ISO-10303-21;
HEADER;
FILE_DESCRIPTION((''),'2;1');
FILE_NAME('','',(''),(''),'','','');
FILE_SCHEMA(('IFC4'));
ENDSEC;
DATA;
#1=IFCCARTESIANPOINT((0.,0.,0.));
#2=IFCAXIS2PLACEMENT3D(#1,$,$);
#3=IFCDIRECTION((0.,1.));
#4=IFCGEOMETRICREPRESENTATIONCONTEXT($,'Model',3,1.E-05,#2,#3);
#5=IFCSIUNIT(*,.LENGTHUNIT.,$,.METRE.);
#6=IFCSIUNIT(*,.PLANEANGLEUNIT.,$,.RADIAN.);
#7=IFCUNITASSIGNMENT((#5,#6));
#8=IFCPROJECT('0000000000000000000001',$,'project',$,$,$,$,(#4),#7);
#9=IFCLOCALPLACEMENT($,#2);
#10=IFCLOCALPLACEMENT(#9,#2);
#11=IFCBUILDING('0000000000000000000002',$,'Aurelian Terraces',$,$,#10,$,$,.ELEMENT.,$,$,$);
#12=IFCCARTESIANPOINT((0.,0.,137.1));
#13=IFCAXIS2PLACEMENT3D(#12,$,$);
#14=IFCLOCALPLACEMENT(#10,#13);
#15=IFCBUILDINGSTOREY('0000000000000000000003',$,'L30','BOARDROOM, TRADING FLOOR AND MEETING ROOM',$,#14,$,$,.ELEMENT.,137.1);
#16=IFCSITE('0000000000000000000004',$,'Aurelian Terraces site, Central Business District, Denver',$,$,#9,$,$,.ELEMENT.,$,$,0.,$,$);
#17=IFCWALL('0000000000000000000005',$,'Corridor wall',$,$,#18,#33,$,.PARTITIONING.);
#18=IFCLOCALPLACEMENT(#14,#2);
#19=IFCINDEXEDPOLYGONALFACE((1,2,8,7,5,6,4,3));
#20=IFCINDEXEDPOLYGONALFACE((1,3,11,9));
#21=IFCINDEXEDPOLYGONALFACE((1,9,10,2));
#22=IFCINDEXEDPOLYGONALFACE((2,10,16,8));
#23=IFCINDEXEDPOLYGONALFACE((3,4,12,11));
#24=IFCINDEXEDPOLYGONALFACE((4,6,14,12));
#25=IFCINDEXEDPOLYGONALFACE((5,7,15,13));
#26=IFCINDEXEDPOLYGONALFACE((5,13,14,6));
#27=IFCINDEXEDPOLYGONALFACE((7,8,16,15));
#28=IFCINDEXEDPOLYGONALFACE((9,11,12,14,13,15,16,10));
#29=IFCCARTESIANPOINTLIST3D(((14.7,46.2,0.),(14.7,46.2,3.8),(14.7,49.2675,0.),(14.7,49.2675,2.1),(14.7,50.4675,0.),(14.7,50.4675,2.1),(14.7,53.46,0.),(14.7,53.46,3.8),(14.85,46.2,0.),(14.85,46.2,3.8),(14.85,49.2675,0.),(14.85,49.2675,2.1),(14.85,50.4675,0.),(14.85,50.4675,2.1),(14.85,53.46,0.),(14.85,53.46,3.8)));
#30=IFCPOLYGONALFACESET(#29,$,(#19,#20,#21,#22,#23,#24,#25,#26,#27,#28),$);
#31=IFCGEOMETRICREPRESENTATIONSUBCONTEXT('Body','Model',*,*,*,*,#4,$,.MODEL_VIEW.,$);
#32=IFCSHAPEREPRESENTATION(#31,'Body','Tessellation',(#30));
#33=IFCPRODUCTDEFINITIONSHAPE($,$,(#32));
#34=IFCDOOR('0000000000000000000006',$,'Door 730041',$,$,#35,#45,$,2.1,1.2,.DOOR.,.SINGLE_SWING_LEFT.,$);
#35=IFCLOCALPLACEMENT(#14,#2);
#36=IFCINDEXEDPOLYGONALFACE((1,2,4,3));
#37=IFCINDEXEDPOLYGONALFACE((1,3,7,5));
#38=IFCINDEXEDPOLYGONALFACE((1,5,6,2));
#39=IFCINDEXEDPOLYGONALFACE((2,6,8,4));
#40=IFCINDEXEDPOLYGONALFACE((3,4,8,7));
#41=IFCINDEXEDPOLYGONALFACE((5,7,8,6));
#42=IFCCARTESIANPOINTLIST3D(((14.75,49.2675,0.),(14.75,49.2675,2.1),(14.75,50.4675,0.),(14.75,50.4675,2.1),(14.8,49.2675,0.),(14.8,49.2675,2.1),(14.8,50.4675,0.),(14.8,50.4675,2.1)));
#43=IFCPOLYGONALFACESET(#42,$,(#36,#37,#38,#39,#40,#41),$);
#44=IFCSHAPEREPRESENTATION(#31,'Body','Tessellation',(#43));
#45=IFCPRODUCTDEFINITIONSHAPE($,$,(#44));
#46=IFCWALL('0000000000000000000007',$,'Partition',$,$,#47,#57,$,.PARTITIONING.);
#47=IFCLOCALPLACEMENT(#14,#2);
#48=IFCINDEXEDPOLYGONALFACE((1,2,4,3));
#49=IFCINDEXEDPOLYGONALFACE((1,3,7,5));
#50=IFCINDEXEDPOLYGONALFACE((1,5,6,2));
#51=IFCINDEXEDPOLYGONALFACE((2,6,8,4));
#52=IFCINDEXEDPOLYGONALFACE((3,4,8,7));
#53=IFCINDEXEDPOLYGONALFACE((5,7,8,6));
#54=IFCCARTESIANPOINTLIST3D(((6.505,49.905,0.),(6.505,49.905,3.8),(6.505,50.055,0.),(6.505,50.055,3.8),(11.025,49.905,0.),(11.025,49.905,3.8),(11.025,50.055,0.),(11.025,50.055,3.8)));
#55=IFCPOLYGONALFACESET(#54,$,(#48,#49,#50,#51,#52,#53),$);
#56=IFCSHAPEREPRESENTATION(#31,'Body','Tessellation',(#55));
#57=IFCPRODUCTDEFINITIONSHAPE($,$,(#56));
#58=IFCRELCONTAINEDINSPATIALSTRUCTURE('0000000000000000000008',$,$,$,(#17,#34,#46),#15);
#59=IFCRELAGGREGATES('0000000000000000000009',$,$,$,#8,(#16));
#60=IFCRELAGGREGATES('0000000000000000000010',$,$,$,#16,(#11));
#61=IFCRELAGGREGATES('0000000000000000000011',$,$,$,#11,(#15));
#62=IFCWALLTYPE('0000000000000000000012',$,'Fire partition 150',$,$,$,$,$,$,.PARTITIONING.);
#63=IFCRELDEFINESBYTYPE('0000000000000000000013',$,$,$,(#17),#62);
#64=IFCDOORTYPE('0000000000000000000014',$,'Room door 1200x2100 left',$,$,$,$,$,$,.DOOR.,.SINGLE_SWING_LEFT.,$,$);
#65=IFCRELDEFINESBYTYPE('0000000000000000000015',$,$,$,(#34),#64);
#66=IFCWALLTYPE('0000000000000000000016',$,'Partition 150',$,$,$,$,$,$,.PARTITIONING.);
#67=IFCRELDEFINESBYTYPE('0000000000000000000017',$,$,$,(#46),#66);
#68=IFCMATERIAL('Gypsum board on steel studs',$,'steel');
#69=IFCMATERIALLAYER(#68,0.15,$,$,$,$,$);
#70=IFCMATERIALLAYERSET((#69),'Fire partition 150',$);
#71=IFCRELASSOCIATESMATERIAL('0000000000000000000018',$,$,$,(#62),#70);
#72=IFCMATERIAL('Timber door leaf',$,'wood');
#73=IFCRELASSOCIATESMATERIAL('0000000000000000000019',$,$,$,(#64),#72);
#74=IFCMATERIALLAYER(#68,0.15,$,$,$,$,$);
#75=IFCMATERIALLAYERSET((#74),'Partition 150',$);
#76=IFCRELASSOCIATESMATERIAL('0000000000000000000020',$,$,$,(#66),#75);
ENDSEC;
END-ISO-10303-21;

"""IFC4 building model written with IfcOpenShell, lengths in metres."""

from ifc_helpers import new_model, si_unit, direction, frame, frame_2d, origin, place, context, subcontext, project, spatial, rectangle, extrude, source, transform, mapped, material, layer, layer_set, type_object, element, fill, save


model = new_model("IFC4")

# Units and contexts
model_context = context("Model", 3, precision=1e-05, world=origin(), true_north=direction((0.0, 1.0)))
body_context = subcontext(model_context, "Body", "Model", "MODEL_VIEW")
ifc_project = project(units=[si_unit("LENGTHUNIT", "METRE"), si_unit("PLANEANGLEUNIT", "RADIAN")], contexts=[model_context])

# Site, building, storey
site_placement = place(None, origin())
site = spatial("IfcSite", under=ifc_project, at=site_placement, Name="Aurelian Terraces site, Central Business District, Denver", CompositionType="ELEMENT", RefElevation=0.0)
building_placement = place(site_placement, origin())
building = spatial("IfcBuilding", under=site, at=building_placement, Name="Aurelian Terraces", CompositionType="ELEMENT")
storey_placement = place(building_placement, frame((0.0, 0.0, 137.1)))
storey = spatial("IfcBuildingStorey", under=building, at=storey_placement, Name="L30", Description="BOARDROOM, TRADING FLOOR AND MEETING ROOM", CompositionType="ELEMENT", Elevation=137.1)

# Wall, opening, door
ifc_material_1 = material(Name="Gypsum board on steel studs", Category="steel")
ifc_layer_1 = layer(ifc_material_1, 0.15)
ifc_layer_set_1 = layer_set([ifc_layer_1], Name="Fire partition 150")
wall_type_1 = type_object("IfcWallType", Name="Fire partition 150", PredefinedType="PARTITIONING", material=ifc_layer_set_1)
shared_shape_1 = source(origin(), body_context, "Body", "SweptSolid", [
    extrude(rectangle(XDim=7.26, YDim=0.15, at=frame_2d((3.63, 0.0))), origin(), (0.0, 0.0, 1.0), 3.8),
])
wall_1_placement = place(storey_placement, frame((14.775, 46.2, 0.0), z_axis=(0.0, 0.0, 1.0), x_axis=(0.0, 1.0, 0.0)))
wall_1 = element("IfcWall", 1, at=wall_1_placement, inside=storey, type_object=wall_type_1, Name="Corridor wall", PredefinedType="PARTITIONING", context=body_context, shape_type="MappedRepresentation", body=[
    mapped(shared_shape_1, transform((0.0, 0.0, 0.0), scale=1.0)),
])
shared_shape_2 = source(origin(), body_context, "Body", "SweptSolid", [
    extrude(rectangle(XDim=1.2, YDim=2.1, at=frame_2d((0.6, 1.05))), frame((0.0, 0.085, 0.0), z_axis=(0.0, -1.0, 0.0), x_axis=(1.0, 0.0, 0.0)), (0.0, 0.0, 1.0), 0.17),
])
opening_1_placement = place(wall_1_placement, frame((3.0675, 0.0, 0.0)))
opening_1 = element("IfcOpeningElement", 2, at=opening_1_placement, cuts=wall_1, PredefinedType="OPENING", context=body_context, shape_type="MappedRepresentation", body=[
    mapped(shared_shape_2, transform((0.0, 0.0, 0.0), scale=1.0)),
])
ifc_material_2 = material(Name="Timber door leaf", Category="wood")
door_type_1 = type_object("IfcDoorType", Name="Room door 1200x2100 left", OperationType="SINGLE_SWING_LEFT", PredefinedType="DOOR", material=ifc_material_2)
shared_shape_3 = source(origin(), body_context, "Body", "SweptSolid", [
    extrude(rectangle(XDim=1.2, YDim=2.1, at=frame_2d((0.6, 1.05))), frame((0.0, 0.025, 0.0), z_axis=(0.0, -1.0, 0.0), x_axis=(1.0, 0.0, 0.0)), (0.0, 0.0, 1.0), 0.05),
])
door_1_placement = place(opening_1_placement, origin())
door_1 = element("IfcDoor", 3, at=door_1_placement, inside=storey, type_object=door_type_1, Name="Door 730041", OperationType="SINGLE_SWING_LEFT", OverallHeight=2.1, OverallWidth=1.2, PredefinedType="DOOR", context=body_context, shape_type="MappedRepresentation", body=[
    mapped(shared_shape_3, transform((0.0, 0.0, 0.0), scale=1.0)),
])
fill(opening_1, door_1)

# Wall
ifc_layer_2 = layer(ifc_material_1, 0.15)
ifc_layer_set_2 = layer_set([ifc_layer_2], Name="Partition 150")
wall_type_2 = type_object("IfcWallType", Name="Partition 150", PredefinedType="PARTITIONING", material=ifc_layer_set_2)
shared_shape_4 = source(origin(), body_context, "Body", "SweptSolid", [
    extrude(rectangle(XDim=4.52, YDim=0.15, at=frame_2d((2.26, 0.0))), origin(), (0.0, 0.0, 1.0), 3.8),
])
wall_2_placement = place(storey_placement, frame((11.025, 49.98, 0.0), z_axis=(0.0, 0.0, 1.0), x_axis=(-1.0, 0.0, 0.0)))
element("IfcWall", 4, at=wall_2_placement, inside=storey, type_object=wall_type_2, Name="Partition", PredefinedType="PARTITIONING", context=body_context, shape_type="MappedRepresentation", body=[
    mapped(shared_shape_4, transform((0.0, 0.0, 0.0), scale=1.0)),
])

save(model, "model.ifc")
